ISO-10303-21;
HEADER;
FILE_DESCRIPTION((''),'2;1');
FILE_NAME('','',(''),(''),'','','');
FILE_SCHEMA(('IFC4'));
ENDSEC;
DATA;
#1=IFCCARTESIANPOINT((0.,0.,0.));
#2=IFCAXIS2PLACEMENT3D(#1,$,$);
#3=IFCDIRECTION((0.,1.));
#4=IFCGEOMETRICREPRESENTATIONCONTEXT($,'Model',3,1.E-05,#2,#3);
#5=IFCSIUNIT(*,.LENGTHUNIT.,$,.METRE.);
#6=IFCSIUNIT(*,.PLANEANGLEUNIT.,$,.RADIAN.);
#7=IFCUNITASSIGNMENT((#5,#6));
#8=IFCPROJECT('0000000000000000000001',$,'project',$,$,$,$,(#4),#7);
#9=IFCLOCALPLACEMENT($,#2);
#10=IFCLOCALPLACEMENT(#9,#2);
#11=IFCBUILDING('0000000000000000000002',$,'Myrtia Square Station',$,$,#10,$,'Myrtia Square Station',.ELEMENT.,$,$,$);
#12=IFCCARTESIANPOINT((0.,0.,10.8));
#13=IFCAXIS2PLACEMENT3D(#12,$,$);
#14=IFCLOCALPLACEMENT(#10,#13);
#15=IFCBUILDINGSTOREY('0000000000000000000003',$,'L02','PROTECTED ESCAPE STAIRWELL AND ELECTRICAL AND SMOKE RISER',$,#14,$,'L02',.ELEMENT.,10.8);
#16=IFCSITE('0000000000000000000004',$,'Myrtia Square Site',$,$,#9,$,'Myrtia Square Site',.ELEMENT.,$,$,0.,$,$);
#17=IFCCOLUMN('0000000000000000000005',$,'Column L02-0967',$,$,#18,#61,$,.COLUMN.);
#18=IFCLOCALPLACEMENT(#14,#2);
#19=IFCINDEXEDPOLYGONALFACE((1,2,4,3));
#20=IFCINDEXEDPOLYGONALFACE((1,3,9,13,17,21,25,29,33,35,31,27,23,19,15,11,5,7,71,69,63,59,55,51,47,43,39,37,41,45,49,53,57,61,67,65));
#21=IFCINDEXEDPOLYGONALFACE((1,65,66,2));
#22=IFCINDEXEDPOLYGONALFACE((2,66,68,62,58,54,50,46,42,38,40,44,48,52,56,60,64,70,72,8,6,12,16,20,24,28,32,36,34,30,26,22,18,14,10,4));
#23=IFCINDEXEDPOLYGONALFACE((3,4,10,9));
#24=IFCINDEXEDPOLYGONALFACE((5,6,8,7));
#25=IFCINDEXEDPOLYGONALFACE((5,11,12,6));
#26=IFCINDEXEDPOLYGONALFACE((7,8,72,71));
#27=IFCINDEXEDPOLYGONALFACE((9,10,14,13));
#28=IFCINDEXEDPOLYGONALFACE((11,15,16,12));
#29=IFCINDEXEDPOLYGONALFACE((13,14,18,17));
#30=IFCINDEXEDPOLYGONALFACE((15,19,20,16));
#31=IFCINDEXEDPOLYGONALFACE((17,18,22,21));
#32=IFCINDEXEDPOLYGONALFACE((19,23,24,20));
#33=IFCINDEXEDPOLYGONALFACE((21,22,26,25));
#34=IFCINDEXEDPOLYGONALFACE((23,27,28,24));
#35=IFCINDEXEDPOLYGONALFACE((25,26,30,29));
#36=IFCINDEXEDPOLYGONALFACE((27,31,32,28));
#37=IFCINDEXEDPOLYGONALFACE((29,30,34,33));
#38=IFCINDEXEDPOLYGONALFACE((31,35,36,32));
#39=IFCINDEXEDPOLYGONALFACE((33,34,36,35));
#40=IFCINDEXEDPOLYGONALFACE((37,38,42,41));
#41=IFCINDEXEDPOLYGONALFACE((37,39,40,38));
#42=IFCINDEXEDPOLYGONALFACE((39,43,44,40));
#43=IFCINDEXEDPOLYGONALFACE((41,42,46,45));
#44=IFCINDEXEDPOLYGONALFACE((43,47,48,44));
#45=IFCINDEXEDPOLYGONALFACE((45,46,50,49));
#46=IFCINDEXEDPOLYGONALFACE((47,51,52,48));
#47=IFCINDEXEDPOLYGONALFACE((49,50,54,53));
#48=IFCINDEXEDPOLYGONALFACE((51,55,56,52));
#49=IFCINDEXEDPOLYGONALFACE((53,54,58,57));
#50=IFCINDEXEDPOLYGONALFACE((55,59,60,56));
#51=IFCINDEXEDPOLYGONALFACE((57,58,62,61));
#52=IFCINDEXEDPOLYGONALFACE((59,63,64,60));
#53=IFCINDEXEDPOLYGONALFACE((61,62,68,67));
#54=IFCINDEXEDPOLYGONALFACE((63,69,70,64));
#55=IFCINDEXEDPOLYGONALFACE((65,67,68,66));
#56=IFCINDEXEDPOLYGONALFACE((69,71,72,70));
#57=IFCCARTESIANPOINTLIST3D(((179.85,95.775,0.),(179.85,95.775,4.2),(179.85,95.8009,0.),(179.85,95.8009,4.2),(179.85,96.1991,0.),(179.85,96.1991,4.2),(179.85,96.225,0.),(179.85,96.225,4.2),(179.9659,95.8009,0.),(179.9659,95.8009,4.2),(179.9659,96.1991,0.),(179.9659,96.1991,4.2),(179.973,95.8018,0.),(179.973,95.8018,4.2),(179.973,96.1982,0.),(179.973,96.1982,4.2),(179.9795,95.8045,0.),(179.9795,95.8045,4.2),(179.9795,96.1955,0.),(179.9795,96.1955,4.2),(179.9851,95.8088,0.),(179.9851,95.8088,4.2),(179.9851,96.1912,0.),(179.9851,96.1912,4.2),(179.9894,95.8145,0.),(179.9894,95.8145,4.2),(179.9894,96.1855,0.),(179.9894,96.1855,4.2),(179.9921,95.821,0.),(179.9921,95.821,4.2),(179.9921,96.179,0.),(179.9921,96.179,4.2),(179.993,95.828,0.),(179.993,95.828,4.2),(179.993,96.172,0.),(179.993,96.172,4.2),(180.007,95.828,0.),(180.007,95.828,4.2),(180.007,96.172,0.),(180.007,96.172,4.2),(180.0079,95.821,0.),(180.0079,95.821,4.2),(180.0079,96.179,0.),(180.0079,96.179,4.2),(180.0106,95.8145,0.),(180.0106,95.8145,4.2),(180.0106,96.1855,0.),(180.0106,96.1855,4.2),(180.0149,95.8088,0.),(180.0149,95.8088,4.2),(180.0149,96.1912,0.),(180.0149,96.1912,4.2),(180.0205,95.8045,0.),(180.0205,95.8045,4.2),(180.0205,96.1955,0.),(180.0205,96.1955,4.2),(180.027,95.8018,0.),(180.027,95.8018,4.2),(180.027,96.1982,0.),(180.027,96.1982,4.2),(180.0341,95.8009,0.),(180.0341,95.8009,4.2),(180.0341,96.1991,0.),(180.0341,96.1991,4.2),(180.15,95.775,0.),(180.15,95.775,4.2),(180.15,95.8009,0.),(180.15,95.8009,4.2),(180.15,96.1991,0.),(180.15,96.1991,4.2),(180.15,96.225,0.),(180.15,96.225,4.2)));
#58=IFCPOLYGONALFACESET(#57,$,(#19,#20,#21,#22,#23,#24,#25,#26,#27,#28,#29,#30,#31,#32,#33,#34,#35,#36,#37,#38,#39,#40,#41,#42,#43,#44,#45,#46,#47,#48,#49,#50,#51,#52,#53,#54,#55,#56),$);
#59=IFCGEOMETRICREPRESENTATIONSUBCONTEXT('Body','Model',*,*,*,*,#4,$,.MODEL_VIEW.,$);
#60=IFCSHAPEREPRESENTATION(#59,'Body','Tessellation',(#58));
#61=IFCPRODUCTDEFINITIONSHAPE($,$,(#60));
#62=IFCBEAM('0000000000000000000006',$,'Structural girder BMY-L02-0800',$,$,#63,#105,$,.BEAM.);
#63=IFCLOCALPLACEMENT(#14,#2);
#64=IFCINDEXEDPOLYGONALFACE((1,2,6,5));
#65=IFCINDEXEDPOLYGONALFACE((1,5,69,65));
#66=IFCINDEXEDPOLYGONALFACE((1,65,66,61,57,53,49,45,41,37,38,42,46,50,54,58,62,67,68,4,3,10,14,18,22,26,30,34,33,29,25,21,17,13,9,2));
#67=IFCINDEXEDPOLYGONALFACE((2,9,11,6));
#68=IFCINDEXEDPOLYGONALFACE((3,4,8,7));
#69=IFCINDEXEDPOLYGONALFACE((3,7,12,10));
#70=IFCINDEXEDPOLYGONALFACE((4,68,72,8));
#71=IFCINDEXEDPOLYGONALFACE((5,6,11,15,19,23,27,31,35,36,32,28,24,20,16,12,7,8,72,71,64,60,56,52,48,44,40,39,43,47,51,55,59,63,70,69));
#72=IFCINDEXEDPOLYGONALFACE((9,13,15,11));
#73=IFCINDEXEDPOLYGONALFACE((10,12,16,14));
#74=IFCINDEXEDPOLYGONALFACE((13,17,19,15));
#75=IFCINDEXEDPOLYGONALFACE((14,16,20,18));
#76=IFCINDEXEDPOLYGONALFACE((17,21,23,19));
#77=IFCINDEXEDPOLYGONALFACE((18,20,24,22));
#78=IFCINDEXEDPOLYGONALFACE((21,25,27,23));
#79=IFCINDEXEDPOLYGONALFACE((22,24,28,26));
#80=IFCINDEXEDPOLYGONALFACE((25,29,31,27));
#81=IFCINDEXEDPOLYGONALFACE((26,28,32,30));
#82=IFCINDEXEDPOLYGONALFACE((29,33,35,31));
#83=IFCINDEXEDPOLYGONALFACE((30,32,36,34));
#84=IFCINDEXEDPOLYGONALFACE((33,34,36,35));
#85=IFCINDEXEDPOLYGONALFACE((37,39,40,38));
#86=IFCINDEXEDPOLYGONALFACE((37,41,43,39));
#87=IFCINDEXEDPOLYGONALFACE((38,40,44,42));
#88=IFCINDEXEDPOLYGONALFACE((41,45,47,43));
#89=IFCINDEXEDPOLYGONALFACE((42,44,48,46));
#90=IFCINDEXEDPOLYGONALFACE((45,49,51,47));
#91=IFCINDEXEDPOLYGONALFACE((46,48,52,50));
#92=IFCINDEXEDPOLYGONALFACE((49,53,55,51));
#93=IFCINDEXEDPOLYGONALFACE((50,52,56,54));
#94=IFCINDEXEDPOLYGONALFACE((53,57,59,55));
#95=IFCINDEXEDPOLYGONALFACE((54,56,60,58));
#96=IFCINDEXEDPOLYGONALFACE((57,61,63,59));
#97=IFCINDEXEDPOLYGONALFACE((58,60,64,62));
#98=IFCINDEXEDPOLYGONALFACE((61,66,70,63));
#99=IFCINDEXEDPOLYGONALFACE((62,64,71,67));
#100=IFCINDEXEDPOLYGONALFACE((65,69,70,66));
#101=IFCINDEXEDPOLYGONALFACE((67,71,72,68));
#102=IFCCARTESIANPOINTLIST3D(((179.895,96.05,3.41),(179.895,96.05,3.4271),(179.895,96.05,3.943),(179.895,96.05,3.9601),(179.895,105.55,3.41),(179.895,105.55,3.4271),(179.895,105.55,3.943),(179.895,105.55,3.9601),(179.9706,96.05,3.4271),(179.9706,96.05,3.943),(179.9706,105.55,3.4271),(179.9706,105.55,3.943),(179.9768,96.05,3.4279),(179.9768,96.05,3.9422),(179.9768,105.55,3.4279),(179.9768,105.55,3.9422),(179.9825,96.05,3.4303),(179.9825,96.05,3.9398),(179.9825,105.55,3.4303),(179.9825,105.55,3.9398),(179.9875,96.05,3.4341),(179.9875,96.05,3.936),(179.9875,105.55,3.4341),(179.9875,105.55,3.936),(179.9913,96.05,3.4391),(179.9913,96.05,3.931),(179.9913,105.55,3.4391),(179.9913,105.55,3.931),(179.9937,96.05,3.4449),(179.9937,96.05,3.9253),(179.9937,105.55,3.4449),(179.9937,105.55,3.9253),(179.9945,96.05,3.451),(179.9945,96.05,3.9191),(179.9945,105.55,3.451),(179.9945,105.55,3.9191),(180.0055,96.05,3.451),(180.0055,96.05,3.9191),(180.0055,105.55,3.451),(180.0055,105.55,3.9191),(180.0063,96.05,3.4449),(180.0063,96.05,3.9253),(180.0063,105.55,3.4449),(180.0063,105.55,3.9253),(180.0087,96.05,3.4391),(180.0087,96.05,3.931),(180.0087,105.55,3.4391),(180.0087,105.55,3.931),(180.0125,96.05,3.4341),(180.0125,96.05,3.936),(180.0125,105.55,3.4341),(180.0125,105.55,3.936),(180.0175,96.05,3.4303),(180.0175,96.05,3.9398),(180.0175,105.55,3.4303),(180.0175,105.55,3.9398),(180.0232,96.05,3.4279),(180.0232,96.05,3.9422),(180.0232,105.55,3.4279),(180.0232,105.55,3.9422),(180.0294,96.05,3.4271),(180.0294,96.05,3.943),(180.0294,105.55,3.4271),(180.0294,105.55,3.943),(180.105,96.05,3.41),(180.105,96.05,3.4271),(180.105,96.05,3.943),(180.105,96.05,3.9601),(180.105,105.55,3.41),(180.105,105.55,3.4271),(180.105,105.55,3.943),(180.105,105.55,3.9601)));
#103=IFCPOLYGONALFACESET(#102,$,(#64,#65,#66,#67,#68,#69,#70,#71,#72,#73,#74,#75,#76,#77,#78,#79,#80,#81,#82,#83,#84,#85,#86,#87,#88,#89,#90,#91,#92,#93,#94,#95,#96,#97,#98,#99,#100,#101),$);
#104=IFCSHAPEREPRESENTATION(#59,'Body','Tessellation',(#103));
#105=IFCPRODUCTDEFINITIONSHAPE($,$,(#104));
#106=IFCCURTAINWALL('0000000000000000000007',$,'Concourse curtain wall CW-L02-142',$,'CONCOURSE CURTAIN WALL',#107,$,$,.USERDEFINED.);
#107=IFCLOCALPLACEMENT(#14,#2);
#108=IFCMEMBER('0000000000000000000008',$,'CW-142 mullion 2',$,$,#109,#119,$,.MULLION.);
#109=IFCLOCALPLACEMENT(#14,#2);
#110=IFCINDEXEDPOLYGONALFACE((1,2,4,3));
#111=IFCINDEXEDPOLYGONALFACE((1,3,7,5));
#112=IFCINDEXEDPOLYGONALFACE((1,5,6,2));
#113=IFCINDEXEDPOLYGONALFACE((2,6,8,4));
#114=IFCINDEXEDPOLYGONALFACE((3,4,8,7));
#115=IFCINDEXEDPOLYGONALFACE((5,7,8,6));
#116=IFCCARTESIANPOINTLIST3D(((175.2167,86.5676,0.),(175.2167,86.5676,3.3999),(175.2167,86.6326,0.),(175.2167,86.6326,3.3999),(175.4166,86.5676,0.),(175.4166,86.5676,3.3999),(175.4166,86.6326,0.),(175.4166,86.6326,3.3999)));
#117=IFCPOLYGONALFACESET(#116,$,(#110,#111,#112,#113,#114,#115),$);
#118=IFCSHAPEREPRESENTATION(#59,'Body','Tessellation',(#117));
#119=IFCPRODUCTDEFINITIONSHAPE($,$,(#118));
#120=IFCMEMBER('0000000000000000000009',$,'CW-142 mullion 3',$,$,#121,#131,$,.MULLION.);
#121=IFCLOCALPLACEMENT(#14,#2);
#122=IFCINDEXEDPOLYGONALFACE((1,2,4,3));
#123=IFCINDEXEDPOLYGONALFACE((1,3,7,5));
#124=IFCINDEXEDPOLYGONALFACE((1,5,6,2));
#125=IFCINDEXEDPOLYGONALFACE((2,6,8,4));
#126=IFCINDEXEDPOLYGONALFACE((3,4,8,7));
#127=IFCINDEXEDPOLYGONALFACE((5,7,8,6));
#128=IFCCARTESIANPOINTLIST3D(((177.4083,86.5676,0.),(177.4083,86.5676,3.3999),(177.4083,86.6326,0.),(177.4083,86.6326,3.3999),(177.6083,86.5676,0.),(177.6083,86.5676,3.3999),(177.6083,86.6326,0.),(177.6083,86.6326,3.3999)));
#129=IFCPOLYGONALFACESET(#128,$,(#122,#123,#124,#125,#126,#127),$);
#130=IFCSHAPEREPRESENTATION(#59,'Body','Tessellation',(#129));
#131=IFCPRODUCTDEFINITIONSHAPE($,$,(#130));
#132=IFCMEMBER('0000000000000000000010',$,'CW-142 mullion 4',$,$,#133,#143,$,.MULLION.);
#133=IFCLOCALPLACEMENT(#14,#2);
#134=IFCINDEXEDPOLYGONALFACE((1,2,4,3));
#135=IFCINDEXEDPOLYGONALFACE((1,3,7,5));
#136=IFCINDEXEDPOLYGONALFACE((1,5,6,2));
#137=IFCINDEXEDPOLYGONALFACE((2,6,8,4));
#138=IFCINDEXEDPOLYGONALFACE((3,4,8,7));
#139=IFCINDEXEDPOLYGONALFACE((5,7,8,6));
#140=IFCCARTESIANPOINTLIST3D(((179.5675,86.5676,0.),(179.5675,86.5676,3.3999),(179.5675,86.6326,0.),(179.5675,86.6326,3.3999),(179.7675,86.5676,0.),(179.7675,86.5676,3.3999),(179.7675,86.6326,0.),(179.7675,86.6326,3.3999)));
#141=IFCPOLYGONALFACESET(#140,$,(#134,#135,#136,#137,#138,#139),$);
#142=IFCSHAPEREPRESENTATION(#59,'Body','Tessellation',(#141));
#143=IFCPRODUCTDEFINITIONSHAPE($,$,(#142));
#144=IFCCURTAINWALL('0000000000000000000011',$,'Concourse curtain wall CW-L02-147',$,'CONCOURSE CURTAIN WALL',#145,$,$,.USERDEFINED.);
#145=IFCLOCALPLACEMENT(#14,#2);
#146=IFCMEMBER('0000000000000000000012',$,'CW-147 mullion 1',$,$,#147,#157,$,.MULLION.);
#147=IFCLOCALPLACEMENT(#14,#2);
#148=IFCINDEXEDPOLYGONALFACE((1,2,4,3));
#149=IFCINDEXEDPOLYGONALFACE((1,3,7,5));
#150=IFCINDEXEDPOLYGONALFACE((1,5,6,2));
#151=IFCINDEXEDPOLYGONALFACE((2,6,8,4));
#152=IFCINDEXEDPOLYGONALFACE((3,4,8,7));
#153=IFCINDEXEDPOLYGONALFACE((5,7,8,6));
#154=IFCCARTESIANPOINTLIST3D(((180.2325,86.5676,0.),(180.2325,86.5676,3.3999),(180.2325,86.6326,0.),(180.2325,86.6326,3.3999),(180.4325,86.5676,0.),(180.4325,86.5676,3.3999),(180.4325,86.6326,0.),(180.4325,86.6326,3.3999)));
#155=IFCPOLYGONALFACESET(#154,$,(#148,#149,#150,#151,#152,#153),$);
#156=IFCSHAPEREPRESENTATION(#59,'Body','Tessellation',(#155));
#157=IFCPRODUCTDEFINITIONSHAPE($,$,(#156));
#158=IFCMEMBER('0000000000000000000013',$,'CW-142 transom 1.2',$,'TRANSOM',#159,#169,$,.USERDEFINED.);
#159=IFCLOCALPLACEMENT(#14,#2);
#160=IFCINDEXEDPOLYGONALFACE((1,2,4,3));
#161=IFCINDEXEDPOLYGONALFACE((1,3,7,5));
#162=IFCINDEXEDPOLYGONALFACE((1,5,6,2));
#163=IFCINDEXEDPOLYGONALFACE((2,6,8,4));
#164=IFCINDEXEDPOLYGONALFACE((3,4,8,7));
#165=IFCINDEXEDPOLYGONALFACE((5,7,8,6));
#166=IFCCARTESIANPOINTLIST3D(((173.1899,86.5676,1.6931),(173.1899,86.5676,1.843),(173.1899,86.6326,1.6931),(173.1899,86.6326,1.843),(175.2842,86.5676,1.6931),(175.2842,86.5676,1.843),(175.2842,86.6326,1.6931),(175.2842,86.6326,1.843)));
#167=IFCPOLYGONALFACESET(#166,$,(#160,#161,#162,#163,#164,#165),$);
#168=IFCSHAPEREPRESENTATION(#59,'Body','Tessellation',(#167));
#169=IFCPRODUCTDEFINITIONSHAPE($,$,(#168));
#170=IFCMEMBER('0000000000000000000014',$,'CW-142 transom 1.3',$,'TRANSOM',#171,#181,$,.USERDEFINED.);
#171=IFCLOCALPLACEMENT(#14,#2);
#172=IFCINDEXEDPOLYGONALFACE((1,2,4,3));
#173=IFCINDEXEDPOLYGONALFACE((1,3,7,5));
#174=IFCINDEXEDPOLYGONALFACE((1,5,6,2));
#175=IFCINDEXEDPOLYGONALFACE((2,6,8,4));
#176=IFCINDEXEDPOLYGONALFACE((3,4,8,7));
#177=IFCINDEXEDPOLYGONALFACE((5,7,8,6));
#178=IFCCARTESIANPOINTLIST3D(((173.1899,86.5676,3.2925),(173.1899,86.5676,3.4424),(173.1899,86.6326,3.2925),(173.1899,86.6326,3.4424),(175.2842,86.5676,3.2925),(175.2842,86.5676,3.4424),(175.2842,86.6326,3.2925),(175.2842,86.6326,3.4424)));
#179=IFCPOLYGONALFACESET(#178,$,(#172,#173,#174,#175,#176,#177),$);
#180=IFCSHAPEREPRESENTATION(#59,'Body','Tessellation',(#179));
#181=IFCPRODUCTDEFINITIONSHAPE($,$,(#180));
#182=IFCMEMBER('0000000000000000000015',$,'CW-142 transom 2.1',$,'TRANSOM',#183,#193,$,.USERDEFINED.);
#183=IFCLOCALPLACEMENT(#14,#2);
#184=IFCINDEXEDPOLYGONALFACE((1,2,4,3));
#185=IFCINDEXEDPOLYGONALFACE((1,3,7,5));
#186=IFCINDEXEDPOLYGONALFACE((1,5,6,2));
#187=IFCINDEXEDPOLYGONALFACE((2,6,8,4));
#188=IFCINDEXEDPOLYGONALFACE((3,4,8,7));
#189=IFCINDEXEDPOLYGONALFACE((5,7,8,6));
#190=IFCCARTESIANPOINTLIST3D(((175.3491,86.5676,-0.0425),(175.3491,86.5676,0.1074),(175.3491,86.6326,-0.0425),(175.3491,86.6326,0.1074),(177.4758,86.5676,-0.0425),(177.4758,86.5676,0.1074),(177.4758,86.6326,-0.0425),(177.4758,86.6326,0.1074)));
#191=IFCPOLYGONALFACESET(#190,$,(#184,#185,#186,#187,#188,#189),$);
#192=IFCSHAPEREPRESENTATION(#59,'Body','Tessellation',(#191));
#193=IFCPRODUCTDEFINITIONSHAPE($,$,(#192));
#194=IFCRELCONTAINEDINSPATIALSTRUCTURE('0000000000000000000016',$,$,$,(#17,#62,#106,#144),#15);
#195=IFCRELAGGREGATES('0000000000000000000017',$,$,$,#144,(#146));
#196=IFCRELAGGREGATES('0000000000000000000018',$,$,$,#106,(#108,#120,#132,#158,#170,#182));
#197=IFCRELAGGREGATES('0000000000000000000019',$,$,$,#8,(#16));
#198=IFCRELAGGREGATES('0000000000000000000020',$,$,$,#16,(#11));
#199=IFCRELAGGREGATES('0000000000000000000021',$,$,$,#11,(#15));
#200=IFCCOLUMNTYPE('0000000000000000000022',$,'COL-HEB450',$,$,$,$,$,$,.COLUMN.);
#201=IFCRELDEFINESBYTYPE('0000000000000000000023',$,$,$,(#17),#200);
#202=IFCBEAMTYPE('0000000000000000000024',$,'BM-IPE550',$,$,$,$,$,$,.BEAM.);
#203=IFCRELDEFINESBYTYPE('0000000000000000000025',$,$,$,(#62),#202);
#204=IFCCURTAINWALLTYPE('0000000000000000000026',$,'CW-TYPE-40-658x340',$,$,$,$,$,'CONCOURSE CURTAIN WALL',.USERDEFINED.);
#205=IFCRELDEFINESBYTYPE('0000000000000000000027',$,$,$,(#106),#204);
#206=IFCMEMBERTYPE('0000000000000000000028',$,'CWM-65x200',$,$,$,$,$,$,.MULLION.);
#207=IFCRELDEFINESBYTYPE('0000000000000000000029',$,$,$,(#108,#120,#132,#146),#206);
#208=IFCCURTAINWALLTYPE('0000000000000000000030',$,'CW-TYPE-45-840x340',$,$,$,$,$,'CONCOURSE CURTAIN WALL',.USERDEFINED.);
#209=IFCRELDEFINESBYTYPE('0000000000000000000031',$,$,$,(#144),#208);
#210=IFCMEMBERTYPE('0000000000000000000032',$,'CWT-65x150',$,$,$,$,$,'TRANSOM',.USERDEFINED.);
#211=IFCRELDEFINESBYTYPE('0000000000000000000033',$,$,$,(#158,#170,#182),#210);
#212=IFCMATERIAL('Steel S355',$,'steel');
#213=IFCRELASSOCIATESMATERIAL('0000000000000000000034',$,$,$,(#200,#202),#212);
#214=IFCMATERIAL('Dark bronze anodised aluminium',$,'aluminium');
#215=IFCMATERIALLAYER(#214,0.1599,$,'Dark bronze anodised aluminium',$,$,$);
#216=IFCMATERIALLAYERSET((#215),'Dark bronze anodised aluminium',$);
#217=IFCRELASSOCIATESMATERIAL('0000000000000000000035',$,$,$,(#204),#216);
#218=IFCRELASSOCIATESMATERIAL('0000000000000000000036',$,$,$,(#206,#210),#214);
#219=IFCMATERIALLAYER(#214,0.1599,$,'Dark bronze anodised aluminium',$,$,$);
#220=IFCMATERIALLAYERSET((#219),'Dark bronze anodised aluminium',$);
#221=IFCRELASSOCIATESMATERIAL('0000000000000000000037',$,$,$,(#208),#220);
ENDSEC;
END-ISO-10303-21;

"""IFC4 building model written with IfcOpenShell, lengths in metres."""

from ifc_helpers import new_model, si_unit, direction, frame, origin, origin_2d, place, context, subcontext, project, spatial, rectangle, i_section, extrude, material, layer, layer_set, material_profile, profile_set, type_object, element, aggregate, save


model = new_model("IFC4")

# Units and contexts
model_context = context("Model", 3, precision=1e-05, world=origin(), true_north=direction((0.0, 1.0)))
body_context = subcontext(model_context, "Body", "Model", "MODEL_VIEW")
ifc_project = project(units=[si_unit("LENGTHUNIT", "METRE"), si_unit("PLANEANGLEUNIT", "RADIAN")], contexts=[model_context])

# Site, building, storey
site_placement = place(None, origin())
site = spatial("IfcSite", under=ifc_project, at=site_placement, Name="Myrtia Square Site", LongName="Myrtia Square Site", CompositionType="ELEMENT", RefElevation=0.0)
building_placement = place(site_placement, origin())
building = spatial("IfcBuilding", under=site, at=building_placement, Name="Myrtia Square Station", LongName="Myrtia Square Station", CompositionType="ELEMENT")
storey_placement = place(building_placement, frame((0.0, 0.0, 10.8)))
storey = spatial("IfcBuildingStorey", under=building, at=storey_placement, Name="L02", Description="PROTECTED ESCAPE STAIRWELL AND ELECTRICAL AND SMOKE RISER", LongName="L02", CompositionType="ELEMENT", Elevation=10.8)

# Column
ifc_material_1 = material(Name="Steel S355", Category="steel")
ifc_material_profile_1 = material_profile(ifc_material_1, i_section(OverallWidth=0.3, OverallDepth=0.45, WebThickness=0.0139, FlangeThickness=0.0259, FilletRadius=0.0271, at=origin_2d()), Name="HEB 450")
ifc_profile_set_1 = profile_set([ifc_material_profile_1], Name="Steel S355")
column_type = type_object("IfcColumnType", Name="COL-HEB450", PredefinedType="COLUMN", material=ifc_profile_set_1)
column_placement = place(storey_placement, frame((180.0, 96.0, 0.0), z_axis=(0.0, 0.0, 1.0), x_axis=(1.0, 0.0, 0.0)))
element("IfcColumn", 1, at=column_placement, inside=storey, type_object=column_type, Name="Column L02-0967", PredefinedType="COLUMN", context=body_context, shape_type="SweptSolid", body=[
    extrude(i_section(OverallWidth=0.3, OverallDepth=0.45, WebThickness=0.0139, FlangeThickness=0.0259, FilletRadius=0.0271, at=origin_2d()), origin(), (0.0, 0.0, 1.0), 4.2),
])

# Beam
ifc_material_profile_2 = material_profile(ifc_material_1, i_section(OverallWidth=0.21, OverallDepth=0.55, WebThickness=0.011, FlangeThickness=0.0171, FilletRadius=0.0239, at=origin_2d()), Name="IPE 550")
ifc_profile_set_2 = profile_set([ifc_material_profile_2], Name="Steel S355")
beam_type = type_object("IfcBeamType", Name="BM-IPE550", PredefinedType="BEAM", material=ifc_profile_set_2)
beam_placement = place(storey_placement, frame((180.0, 96.05, 3.6851), z_axis=(0.0, 1.0, 0.0), x_axis=(-1.0, 0.0, 0.0)))
element("IfcBeam", 2, at=beam_placement, inside=storey, type_object=beam_type, Name="Structural girder BMY-L02-0800", PredefinedType="BEAM", context=body_context, shape_type="SweptSolid", body=[
    extrude(i_section(OverallWidth=0.21, OverallDepth=0.55, WebThickness=0.011, FlangeThickness=0.0171, FilletRadius=0.0239, at=origin_2d()), origin(), (0.0, 0.0, 1.0), 9.5),
])

# Curtain wall, members
ifc_material_2 = material(Name="Dark bronze anodised aluminium", Category="aluminium")
ifc_layer_1 = layer(ifc_material_2, 0.1599, Name="Dark bronze anodised aluminium")
ifc_layer_set_1 = layer_set([ifc_layer_1], Name="Dark bronze anodised aluminium")
curtain_wall_type_1 = type_object("IfcCurtainWallType", Name="CW-TYPE-40-658x340", ElementType="CONCOURSE CURTAIN WALL", PredefinedType="USERDEFINED", material=ifc_layer_set_1)
curtain_wall_1_placement = place(storey_placement, origin())
curtain_wall_1 = element("IfcCurtainWall", 3, at=curtain_wall_1_placement, inside=storey, type_object=curtain_wall_type_1, Name="Concourse curtain wall CW-L02-142", ObjectType="CONCOURSE CURTAIN WALL", PredefinedType="USERDEFINED")
ifc_material_profile_3 = material_profile(ifc_material_2, rectangle(XDim=0.0649, YDim=0.2, at=origin_2d()), Name="ALU-M 65x200")
ifc_profile_set_3 = profile_set([ifc_material_profile_3], Name="Dark bronze anodised aluminium")
member_type_1 = type_object("IfcMemberType", Name="CWM-65x200", PredefinedType="MULLION", material=ifc_profile_set_3)
member_1_placement = place(storey_placement, frame((175.3167, 86.6001, 0.0), z_axis=(0.0, 0.0, 1.0), x_axis=(0.0, 1.0, 0.0)))
member_1 = element("IfcMember", 4, at=member_1_placement, type_object=member_type_1, Name="CW-142 mullion 2", PredefinedType="MULLION", context=body_context, shape_type="SweptSolid", body=[
    extrude(rectangle(XDim=0.0649, YDim=0.2, at=origin_2d()), origin(), (0.0, 0.0, 1.0), 3.3999),
])
member_2_placement = place(storey_placement, frame((177.5083, 86.6001, 0.0), z_axis=(0.0, 0.0, 1.0), x_axis=(0.0, 1.0, 0.0)))
member_2 = element("IfcMember", 5, at=member_2_placement, type_object=member_type_1, Name="CW-142 mullion 3", PredefinedType="MULLION", context=body_context, shape_type="SweptSolid", body=[
    extrude(rectangle(XDim=0.0649, YDim=0.2, at=origin_2d()), origin(), (0.0, 0.0, 1.0), 3.3999),
])
member_3_placement = place(storey_placement, frame((179.6675, 86.6001, 0.0), z_axis=(0.0, 0.0, 1.0), x_axis=(0.0, 1.0, 0.0)))
member_3 = element("IfcMember", 6, at=member_3_placement, type_object=member_type_1, Name="CW-142 mullion 4", PredefinedType="MULLION", context=body_context, shape_type="SweptSolid", body=[
    extrude(rectangle(XDim=0.0649, YDim=0.2, at=origin_2d()), origin(), (0.0, 0.0, 1.0), 3.3999),
])

# Curtain wall, member
ifc_layer_2 = layer(ifc_material_2, 0.1599, Name="Dark bronze anodised aluminium")
ifc_layer_set_2 = layer_set([ifc_layer_2], Name="Dark bronze anodised aluminium")
curtain_wall_type_2 = type_object("IfcCurtainWallType", Name="CW-TYPE-45-840x340", ElementType="CONCOURSE CURTAIN WALL", PredefinedType="USERDEFINED", material=ifc_layer_set_2)
curtain_wall_2_placement = place(storey_placement, origin())
curtain_wall_2 = element("IfcCurtainWall", 7, at=curtain_wall_2_placement, inside=storey, type_object=curtain_wall_type_2, Name="Concourse curtain wall CW-L02-147", ObjectType="CONCOURSE CURTAIN WALL", PredefinedType="USERDEFINED")
member_4_placement = place(storey_placement, frame((180.3325, 86.6001, 0.0), z_axis=(0.0, 0.0, 1.0), x_axis=(0.0, 1.0, 0.0)))
member_4 = element("IfcMember", 8, at=member_4_placement, type_object=member_type_1, Name="CW-147 mullion 1", PredefinedType="MULLION", context=body_context, shape_type="SweptSolid", body=[
    extrude(rectangle(XDim=0.0649, YDim=0.2, at=origin_2d()), origin(), (0.0, 0.0, 1.0), 3.3999),
])

# Members
ifc_material_profile_4 = material_profile(ifc_material_2, rectangle(XDim=0.0649, YDim=0.1499, at=origin_2d()), Name="ALU-T 65x150")
ifc_profile_set_4 = profile_set([ifc_material_profile_4], Name="Dark bronze anodised aluminium")
member_type_2 = type_object("IfcMemberType", Name="CWT-65x150", ElementType="TRANSOM", PredefinedType="USERDEFINED", material=ifc_profile_set_4)
member_5_placement = place(storey_placement, frame((173.1899, 86.6001, 1.7681), z_axis=(1.0, 0.0, 0.0), x_axis=(0.0, 1.0, 0.0)))
member_5 = element("IfcMember", 9, at=member_5_placement, type_object=member_type_2, Name="CW-142 transom 1.2", ObjectType="TRANSOM", PredefinedType="USERDEFINED", context=body_context, shape_type="SweptSolid", body=[
    extrude(rectangle(XDim=0.0649, YDim=0.1499, at=origin_2d()), origin(), (0.0, 0.0, 1.0), 2.0942),
])
member_6_placement = place(storey_placement, frame((173.1899, 86.6001, 3.3674), z_axis=(1.0, 0.0, 0.0), x_axis=(0.0, 1.0, 0.0)))
member_6 = element("IfcMember", 10, at=member_6_placement, type_object=member_type_2, Name="CW-142 transom 1.3", ObjectType="TRANSOM", PredefinedType="USERDEFINED", context=body_context, shape_type="SweptSolid", body=[
    extrude(rectangle(XDim=0.0649, YDim=0.1499, at=origin_2d()), origin(), (0.0, 0.0, 1.0), 2.0942),
])
member_7_placement = place(storey_placement, frame((175.3491, 86.6001, 0.0325), z_axis=(1.0, 0.0, 0.0), x_axis=(0.0, 1.0, 0.0)))
member_7 = element("IfcMember", 11, at=member_7_placement, type_object=member_type_2, Name="CW-142 transom 2.1", ObjectType="TRANSOM", PredefinedType="USERDEFINED", context=body_context, shape_type="SweptSolid", body=[
    extrude(rectangle(XDim=0.0649, YDim=0.1499, at=origin_2d()), origin(), (0.0, 0.0, 1.0), 2.1267),
])

aggregate(curtain_wall_2, [member_4])
aggregate(curtain_wall_1, [member_1, member_2, member_3, member_5, member_6, member_7])

save(model, "model.ifc")
